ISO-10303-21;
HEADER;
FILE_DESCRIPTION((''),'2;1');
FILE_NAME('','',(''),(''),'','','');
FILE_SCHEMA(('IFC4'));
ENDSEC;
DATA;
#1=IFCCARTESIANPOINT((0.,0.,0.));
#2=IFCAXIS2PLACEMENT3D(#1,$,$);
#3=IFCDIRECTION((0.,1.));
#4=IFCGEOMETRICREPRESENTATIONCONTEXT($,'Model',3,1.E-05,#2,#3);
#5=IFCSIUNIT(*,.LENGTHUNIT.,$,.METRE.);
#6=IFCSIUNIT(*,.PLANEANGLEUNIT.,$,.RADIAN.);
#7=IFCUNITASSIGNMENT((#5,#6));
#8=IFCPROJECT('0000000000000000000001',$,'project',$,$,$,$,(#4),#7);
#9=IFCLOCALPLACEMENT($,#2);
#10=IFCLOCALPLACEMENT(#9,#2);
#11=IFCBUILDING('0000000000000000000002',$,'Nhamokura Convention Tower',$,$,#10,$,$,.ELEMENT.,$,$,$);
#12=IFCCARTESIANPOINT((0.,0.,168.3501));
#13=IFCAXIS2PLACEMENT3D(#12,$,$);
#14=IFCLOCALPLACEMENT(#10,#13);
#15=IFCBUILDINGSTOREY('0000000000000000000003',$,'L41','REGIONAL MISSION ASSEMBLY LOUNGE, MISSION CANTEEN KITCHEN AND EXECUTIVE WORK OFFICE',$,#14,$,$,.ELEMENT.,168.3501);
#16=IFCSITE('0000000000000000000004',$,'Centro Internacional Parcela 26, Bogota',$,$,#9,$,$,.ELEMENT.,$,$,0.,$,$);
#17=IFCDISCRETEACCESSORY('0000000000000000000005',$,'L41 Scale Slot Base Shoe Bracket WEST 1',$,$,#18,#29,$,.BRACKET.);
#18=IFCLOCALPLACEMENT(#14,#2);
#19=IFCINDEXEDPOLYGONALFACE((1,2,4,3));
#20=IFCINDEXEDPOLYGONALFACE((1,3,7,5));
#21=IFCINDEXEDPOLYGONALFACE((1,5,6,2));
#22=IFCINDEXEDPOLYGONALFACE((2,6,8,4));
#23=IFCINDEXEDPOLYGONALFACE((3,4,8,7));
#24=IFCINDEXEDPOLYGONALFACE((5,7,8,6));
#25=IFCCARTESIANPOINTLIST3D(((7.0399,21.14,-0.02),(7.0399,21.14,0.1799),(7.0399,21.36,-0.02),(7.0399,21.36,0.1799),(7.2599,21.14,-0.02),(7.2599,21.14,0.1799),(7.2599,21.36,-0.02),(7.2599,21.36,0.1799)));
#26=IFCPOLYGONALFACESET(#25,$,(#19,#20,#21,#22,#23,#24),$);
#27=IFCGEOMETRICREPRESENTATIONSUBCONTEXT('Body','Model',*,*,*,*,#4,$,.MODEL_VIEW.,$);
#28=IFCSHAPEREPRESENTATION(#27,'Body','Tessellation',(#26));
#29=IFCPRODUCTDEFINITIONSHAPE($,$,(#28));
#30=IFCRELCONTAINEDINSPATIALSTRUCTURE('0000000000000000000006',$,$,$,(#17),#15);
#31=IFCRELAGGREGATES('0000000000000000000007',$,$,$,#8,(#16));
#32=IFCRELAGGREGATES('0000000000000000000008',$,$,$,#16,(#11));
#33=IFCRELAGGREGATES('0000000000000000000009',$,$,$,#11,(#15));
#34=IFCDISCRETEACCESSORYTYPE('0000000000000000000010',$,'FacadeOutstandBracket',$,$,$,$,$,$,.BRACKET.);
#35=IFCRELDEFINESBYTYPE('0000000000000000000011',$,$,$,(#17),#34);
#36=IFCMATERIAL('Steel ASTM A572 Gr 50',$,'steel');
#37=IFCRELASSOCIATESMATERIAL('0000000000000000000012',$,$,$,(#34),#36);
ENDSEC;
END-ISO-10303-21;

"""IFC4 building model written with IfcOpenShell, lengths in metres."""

from ifc_helpers import new_model, si_unit, direction, frame, origin, origin_2d, place, context, subcontext, project, spatial, rectangle, extrude, material, type_object, element, save


model = new_model("IFC4")

# Units and contexts
model_context = context("Model", 3, precision=1e-05, world=origin(), true_north=direction((0.0, 1.0)))
body_context = subcontext(model_context, "Body", "Model", "MODEL_VIEW")
ifc_project = project(units=[si_unit("LENGTHUNIT", "METRE"), si_unit("PLANEANGLEUNIT", "RADIAN")], contexts=[model_context])

# Site, building, storey
site_placement = place(None, origin())
site = spatial("IfcSite", under=ifc_project, at=site_placement, Name="Centro Internacional Parcela 26, Bogota", CompositionType="ELEMENT", RefElevation=0.0)
building_placement = place(site_placement, origin())
building = spatial("IfcBuilding", under=site, at=building_placement, Name="Nhamokura Convention Tower", CompositionType="ELEMENT")
storey_placement = place(building_placement, frame((0.0, 0.0, 168.3501)))
storey = spatial("IfcBuildingStorey", under=building, at=storey_placement, Name="L41", Description="REGIONAL MISSION ASSEMBLY LOUNGE, MISSION CANTEEN KITCHEN AND EXECUTIVE WORK OFFICE", CompositionType="ELEMENT", Elevation=168.3501)

# Discrete accessory
ifc_material_1 = material(Name="Steel ASTM A572 Gr 50", Category="steel")
discrete_accessory_type = type_object("IfcDiscreteAccessoryType", Name="FacadeOutstandBracket", PredefinedType="BRACKET", material=ifc_material_1)
discrete_accessory_placement = place(storey_placement, frame((7.1499, 21.25, -0.02), z_axis=(0.0, 0.0, 1.0), x_axis=(1.0, 0.0, 0.0)))
element("IfcDiscreteAccessory", 1, at=discrete_accessory_placement, inside=storey, type_object=discrete_accessory_type, Name="L41 Scale Slot Base Shoe Bracket WEST 1", PredefinedType="BRACKET", context=body_context, shape_type="SweptSolid", body=[
    extrude(rectangle(XDim=0.22, YDim=0.22, at=origin_2d()), origin(), (0.0, 0.0, 1.0), 0.2),
])

save(model, "model.ifc")
